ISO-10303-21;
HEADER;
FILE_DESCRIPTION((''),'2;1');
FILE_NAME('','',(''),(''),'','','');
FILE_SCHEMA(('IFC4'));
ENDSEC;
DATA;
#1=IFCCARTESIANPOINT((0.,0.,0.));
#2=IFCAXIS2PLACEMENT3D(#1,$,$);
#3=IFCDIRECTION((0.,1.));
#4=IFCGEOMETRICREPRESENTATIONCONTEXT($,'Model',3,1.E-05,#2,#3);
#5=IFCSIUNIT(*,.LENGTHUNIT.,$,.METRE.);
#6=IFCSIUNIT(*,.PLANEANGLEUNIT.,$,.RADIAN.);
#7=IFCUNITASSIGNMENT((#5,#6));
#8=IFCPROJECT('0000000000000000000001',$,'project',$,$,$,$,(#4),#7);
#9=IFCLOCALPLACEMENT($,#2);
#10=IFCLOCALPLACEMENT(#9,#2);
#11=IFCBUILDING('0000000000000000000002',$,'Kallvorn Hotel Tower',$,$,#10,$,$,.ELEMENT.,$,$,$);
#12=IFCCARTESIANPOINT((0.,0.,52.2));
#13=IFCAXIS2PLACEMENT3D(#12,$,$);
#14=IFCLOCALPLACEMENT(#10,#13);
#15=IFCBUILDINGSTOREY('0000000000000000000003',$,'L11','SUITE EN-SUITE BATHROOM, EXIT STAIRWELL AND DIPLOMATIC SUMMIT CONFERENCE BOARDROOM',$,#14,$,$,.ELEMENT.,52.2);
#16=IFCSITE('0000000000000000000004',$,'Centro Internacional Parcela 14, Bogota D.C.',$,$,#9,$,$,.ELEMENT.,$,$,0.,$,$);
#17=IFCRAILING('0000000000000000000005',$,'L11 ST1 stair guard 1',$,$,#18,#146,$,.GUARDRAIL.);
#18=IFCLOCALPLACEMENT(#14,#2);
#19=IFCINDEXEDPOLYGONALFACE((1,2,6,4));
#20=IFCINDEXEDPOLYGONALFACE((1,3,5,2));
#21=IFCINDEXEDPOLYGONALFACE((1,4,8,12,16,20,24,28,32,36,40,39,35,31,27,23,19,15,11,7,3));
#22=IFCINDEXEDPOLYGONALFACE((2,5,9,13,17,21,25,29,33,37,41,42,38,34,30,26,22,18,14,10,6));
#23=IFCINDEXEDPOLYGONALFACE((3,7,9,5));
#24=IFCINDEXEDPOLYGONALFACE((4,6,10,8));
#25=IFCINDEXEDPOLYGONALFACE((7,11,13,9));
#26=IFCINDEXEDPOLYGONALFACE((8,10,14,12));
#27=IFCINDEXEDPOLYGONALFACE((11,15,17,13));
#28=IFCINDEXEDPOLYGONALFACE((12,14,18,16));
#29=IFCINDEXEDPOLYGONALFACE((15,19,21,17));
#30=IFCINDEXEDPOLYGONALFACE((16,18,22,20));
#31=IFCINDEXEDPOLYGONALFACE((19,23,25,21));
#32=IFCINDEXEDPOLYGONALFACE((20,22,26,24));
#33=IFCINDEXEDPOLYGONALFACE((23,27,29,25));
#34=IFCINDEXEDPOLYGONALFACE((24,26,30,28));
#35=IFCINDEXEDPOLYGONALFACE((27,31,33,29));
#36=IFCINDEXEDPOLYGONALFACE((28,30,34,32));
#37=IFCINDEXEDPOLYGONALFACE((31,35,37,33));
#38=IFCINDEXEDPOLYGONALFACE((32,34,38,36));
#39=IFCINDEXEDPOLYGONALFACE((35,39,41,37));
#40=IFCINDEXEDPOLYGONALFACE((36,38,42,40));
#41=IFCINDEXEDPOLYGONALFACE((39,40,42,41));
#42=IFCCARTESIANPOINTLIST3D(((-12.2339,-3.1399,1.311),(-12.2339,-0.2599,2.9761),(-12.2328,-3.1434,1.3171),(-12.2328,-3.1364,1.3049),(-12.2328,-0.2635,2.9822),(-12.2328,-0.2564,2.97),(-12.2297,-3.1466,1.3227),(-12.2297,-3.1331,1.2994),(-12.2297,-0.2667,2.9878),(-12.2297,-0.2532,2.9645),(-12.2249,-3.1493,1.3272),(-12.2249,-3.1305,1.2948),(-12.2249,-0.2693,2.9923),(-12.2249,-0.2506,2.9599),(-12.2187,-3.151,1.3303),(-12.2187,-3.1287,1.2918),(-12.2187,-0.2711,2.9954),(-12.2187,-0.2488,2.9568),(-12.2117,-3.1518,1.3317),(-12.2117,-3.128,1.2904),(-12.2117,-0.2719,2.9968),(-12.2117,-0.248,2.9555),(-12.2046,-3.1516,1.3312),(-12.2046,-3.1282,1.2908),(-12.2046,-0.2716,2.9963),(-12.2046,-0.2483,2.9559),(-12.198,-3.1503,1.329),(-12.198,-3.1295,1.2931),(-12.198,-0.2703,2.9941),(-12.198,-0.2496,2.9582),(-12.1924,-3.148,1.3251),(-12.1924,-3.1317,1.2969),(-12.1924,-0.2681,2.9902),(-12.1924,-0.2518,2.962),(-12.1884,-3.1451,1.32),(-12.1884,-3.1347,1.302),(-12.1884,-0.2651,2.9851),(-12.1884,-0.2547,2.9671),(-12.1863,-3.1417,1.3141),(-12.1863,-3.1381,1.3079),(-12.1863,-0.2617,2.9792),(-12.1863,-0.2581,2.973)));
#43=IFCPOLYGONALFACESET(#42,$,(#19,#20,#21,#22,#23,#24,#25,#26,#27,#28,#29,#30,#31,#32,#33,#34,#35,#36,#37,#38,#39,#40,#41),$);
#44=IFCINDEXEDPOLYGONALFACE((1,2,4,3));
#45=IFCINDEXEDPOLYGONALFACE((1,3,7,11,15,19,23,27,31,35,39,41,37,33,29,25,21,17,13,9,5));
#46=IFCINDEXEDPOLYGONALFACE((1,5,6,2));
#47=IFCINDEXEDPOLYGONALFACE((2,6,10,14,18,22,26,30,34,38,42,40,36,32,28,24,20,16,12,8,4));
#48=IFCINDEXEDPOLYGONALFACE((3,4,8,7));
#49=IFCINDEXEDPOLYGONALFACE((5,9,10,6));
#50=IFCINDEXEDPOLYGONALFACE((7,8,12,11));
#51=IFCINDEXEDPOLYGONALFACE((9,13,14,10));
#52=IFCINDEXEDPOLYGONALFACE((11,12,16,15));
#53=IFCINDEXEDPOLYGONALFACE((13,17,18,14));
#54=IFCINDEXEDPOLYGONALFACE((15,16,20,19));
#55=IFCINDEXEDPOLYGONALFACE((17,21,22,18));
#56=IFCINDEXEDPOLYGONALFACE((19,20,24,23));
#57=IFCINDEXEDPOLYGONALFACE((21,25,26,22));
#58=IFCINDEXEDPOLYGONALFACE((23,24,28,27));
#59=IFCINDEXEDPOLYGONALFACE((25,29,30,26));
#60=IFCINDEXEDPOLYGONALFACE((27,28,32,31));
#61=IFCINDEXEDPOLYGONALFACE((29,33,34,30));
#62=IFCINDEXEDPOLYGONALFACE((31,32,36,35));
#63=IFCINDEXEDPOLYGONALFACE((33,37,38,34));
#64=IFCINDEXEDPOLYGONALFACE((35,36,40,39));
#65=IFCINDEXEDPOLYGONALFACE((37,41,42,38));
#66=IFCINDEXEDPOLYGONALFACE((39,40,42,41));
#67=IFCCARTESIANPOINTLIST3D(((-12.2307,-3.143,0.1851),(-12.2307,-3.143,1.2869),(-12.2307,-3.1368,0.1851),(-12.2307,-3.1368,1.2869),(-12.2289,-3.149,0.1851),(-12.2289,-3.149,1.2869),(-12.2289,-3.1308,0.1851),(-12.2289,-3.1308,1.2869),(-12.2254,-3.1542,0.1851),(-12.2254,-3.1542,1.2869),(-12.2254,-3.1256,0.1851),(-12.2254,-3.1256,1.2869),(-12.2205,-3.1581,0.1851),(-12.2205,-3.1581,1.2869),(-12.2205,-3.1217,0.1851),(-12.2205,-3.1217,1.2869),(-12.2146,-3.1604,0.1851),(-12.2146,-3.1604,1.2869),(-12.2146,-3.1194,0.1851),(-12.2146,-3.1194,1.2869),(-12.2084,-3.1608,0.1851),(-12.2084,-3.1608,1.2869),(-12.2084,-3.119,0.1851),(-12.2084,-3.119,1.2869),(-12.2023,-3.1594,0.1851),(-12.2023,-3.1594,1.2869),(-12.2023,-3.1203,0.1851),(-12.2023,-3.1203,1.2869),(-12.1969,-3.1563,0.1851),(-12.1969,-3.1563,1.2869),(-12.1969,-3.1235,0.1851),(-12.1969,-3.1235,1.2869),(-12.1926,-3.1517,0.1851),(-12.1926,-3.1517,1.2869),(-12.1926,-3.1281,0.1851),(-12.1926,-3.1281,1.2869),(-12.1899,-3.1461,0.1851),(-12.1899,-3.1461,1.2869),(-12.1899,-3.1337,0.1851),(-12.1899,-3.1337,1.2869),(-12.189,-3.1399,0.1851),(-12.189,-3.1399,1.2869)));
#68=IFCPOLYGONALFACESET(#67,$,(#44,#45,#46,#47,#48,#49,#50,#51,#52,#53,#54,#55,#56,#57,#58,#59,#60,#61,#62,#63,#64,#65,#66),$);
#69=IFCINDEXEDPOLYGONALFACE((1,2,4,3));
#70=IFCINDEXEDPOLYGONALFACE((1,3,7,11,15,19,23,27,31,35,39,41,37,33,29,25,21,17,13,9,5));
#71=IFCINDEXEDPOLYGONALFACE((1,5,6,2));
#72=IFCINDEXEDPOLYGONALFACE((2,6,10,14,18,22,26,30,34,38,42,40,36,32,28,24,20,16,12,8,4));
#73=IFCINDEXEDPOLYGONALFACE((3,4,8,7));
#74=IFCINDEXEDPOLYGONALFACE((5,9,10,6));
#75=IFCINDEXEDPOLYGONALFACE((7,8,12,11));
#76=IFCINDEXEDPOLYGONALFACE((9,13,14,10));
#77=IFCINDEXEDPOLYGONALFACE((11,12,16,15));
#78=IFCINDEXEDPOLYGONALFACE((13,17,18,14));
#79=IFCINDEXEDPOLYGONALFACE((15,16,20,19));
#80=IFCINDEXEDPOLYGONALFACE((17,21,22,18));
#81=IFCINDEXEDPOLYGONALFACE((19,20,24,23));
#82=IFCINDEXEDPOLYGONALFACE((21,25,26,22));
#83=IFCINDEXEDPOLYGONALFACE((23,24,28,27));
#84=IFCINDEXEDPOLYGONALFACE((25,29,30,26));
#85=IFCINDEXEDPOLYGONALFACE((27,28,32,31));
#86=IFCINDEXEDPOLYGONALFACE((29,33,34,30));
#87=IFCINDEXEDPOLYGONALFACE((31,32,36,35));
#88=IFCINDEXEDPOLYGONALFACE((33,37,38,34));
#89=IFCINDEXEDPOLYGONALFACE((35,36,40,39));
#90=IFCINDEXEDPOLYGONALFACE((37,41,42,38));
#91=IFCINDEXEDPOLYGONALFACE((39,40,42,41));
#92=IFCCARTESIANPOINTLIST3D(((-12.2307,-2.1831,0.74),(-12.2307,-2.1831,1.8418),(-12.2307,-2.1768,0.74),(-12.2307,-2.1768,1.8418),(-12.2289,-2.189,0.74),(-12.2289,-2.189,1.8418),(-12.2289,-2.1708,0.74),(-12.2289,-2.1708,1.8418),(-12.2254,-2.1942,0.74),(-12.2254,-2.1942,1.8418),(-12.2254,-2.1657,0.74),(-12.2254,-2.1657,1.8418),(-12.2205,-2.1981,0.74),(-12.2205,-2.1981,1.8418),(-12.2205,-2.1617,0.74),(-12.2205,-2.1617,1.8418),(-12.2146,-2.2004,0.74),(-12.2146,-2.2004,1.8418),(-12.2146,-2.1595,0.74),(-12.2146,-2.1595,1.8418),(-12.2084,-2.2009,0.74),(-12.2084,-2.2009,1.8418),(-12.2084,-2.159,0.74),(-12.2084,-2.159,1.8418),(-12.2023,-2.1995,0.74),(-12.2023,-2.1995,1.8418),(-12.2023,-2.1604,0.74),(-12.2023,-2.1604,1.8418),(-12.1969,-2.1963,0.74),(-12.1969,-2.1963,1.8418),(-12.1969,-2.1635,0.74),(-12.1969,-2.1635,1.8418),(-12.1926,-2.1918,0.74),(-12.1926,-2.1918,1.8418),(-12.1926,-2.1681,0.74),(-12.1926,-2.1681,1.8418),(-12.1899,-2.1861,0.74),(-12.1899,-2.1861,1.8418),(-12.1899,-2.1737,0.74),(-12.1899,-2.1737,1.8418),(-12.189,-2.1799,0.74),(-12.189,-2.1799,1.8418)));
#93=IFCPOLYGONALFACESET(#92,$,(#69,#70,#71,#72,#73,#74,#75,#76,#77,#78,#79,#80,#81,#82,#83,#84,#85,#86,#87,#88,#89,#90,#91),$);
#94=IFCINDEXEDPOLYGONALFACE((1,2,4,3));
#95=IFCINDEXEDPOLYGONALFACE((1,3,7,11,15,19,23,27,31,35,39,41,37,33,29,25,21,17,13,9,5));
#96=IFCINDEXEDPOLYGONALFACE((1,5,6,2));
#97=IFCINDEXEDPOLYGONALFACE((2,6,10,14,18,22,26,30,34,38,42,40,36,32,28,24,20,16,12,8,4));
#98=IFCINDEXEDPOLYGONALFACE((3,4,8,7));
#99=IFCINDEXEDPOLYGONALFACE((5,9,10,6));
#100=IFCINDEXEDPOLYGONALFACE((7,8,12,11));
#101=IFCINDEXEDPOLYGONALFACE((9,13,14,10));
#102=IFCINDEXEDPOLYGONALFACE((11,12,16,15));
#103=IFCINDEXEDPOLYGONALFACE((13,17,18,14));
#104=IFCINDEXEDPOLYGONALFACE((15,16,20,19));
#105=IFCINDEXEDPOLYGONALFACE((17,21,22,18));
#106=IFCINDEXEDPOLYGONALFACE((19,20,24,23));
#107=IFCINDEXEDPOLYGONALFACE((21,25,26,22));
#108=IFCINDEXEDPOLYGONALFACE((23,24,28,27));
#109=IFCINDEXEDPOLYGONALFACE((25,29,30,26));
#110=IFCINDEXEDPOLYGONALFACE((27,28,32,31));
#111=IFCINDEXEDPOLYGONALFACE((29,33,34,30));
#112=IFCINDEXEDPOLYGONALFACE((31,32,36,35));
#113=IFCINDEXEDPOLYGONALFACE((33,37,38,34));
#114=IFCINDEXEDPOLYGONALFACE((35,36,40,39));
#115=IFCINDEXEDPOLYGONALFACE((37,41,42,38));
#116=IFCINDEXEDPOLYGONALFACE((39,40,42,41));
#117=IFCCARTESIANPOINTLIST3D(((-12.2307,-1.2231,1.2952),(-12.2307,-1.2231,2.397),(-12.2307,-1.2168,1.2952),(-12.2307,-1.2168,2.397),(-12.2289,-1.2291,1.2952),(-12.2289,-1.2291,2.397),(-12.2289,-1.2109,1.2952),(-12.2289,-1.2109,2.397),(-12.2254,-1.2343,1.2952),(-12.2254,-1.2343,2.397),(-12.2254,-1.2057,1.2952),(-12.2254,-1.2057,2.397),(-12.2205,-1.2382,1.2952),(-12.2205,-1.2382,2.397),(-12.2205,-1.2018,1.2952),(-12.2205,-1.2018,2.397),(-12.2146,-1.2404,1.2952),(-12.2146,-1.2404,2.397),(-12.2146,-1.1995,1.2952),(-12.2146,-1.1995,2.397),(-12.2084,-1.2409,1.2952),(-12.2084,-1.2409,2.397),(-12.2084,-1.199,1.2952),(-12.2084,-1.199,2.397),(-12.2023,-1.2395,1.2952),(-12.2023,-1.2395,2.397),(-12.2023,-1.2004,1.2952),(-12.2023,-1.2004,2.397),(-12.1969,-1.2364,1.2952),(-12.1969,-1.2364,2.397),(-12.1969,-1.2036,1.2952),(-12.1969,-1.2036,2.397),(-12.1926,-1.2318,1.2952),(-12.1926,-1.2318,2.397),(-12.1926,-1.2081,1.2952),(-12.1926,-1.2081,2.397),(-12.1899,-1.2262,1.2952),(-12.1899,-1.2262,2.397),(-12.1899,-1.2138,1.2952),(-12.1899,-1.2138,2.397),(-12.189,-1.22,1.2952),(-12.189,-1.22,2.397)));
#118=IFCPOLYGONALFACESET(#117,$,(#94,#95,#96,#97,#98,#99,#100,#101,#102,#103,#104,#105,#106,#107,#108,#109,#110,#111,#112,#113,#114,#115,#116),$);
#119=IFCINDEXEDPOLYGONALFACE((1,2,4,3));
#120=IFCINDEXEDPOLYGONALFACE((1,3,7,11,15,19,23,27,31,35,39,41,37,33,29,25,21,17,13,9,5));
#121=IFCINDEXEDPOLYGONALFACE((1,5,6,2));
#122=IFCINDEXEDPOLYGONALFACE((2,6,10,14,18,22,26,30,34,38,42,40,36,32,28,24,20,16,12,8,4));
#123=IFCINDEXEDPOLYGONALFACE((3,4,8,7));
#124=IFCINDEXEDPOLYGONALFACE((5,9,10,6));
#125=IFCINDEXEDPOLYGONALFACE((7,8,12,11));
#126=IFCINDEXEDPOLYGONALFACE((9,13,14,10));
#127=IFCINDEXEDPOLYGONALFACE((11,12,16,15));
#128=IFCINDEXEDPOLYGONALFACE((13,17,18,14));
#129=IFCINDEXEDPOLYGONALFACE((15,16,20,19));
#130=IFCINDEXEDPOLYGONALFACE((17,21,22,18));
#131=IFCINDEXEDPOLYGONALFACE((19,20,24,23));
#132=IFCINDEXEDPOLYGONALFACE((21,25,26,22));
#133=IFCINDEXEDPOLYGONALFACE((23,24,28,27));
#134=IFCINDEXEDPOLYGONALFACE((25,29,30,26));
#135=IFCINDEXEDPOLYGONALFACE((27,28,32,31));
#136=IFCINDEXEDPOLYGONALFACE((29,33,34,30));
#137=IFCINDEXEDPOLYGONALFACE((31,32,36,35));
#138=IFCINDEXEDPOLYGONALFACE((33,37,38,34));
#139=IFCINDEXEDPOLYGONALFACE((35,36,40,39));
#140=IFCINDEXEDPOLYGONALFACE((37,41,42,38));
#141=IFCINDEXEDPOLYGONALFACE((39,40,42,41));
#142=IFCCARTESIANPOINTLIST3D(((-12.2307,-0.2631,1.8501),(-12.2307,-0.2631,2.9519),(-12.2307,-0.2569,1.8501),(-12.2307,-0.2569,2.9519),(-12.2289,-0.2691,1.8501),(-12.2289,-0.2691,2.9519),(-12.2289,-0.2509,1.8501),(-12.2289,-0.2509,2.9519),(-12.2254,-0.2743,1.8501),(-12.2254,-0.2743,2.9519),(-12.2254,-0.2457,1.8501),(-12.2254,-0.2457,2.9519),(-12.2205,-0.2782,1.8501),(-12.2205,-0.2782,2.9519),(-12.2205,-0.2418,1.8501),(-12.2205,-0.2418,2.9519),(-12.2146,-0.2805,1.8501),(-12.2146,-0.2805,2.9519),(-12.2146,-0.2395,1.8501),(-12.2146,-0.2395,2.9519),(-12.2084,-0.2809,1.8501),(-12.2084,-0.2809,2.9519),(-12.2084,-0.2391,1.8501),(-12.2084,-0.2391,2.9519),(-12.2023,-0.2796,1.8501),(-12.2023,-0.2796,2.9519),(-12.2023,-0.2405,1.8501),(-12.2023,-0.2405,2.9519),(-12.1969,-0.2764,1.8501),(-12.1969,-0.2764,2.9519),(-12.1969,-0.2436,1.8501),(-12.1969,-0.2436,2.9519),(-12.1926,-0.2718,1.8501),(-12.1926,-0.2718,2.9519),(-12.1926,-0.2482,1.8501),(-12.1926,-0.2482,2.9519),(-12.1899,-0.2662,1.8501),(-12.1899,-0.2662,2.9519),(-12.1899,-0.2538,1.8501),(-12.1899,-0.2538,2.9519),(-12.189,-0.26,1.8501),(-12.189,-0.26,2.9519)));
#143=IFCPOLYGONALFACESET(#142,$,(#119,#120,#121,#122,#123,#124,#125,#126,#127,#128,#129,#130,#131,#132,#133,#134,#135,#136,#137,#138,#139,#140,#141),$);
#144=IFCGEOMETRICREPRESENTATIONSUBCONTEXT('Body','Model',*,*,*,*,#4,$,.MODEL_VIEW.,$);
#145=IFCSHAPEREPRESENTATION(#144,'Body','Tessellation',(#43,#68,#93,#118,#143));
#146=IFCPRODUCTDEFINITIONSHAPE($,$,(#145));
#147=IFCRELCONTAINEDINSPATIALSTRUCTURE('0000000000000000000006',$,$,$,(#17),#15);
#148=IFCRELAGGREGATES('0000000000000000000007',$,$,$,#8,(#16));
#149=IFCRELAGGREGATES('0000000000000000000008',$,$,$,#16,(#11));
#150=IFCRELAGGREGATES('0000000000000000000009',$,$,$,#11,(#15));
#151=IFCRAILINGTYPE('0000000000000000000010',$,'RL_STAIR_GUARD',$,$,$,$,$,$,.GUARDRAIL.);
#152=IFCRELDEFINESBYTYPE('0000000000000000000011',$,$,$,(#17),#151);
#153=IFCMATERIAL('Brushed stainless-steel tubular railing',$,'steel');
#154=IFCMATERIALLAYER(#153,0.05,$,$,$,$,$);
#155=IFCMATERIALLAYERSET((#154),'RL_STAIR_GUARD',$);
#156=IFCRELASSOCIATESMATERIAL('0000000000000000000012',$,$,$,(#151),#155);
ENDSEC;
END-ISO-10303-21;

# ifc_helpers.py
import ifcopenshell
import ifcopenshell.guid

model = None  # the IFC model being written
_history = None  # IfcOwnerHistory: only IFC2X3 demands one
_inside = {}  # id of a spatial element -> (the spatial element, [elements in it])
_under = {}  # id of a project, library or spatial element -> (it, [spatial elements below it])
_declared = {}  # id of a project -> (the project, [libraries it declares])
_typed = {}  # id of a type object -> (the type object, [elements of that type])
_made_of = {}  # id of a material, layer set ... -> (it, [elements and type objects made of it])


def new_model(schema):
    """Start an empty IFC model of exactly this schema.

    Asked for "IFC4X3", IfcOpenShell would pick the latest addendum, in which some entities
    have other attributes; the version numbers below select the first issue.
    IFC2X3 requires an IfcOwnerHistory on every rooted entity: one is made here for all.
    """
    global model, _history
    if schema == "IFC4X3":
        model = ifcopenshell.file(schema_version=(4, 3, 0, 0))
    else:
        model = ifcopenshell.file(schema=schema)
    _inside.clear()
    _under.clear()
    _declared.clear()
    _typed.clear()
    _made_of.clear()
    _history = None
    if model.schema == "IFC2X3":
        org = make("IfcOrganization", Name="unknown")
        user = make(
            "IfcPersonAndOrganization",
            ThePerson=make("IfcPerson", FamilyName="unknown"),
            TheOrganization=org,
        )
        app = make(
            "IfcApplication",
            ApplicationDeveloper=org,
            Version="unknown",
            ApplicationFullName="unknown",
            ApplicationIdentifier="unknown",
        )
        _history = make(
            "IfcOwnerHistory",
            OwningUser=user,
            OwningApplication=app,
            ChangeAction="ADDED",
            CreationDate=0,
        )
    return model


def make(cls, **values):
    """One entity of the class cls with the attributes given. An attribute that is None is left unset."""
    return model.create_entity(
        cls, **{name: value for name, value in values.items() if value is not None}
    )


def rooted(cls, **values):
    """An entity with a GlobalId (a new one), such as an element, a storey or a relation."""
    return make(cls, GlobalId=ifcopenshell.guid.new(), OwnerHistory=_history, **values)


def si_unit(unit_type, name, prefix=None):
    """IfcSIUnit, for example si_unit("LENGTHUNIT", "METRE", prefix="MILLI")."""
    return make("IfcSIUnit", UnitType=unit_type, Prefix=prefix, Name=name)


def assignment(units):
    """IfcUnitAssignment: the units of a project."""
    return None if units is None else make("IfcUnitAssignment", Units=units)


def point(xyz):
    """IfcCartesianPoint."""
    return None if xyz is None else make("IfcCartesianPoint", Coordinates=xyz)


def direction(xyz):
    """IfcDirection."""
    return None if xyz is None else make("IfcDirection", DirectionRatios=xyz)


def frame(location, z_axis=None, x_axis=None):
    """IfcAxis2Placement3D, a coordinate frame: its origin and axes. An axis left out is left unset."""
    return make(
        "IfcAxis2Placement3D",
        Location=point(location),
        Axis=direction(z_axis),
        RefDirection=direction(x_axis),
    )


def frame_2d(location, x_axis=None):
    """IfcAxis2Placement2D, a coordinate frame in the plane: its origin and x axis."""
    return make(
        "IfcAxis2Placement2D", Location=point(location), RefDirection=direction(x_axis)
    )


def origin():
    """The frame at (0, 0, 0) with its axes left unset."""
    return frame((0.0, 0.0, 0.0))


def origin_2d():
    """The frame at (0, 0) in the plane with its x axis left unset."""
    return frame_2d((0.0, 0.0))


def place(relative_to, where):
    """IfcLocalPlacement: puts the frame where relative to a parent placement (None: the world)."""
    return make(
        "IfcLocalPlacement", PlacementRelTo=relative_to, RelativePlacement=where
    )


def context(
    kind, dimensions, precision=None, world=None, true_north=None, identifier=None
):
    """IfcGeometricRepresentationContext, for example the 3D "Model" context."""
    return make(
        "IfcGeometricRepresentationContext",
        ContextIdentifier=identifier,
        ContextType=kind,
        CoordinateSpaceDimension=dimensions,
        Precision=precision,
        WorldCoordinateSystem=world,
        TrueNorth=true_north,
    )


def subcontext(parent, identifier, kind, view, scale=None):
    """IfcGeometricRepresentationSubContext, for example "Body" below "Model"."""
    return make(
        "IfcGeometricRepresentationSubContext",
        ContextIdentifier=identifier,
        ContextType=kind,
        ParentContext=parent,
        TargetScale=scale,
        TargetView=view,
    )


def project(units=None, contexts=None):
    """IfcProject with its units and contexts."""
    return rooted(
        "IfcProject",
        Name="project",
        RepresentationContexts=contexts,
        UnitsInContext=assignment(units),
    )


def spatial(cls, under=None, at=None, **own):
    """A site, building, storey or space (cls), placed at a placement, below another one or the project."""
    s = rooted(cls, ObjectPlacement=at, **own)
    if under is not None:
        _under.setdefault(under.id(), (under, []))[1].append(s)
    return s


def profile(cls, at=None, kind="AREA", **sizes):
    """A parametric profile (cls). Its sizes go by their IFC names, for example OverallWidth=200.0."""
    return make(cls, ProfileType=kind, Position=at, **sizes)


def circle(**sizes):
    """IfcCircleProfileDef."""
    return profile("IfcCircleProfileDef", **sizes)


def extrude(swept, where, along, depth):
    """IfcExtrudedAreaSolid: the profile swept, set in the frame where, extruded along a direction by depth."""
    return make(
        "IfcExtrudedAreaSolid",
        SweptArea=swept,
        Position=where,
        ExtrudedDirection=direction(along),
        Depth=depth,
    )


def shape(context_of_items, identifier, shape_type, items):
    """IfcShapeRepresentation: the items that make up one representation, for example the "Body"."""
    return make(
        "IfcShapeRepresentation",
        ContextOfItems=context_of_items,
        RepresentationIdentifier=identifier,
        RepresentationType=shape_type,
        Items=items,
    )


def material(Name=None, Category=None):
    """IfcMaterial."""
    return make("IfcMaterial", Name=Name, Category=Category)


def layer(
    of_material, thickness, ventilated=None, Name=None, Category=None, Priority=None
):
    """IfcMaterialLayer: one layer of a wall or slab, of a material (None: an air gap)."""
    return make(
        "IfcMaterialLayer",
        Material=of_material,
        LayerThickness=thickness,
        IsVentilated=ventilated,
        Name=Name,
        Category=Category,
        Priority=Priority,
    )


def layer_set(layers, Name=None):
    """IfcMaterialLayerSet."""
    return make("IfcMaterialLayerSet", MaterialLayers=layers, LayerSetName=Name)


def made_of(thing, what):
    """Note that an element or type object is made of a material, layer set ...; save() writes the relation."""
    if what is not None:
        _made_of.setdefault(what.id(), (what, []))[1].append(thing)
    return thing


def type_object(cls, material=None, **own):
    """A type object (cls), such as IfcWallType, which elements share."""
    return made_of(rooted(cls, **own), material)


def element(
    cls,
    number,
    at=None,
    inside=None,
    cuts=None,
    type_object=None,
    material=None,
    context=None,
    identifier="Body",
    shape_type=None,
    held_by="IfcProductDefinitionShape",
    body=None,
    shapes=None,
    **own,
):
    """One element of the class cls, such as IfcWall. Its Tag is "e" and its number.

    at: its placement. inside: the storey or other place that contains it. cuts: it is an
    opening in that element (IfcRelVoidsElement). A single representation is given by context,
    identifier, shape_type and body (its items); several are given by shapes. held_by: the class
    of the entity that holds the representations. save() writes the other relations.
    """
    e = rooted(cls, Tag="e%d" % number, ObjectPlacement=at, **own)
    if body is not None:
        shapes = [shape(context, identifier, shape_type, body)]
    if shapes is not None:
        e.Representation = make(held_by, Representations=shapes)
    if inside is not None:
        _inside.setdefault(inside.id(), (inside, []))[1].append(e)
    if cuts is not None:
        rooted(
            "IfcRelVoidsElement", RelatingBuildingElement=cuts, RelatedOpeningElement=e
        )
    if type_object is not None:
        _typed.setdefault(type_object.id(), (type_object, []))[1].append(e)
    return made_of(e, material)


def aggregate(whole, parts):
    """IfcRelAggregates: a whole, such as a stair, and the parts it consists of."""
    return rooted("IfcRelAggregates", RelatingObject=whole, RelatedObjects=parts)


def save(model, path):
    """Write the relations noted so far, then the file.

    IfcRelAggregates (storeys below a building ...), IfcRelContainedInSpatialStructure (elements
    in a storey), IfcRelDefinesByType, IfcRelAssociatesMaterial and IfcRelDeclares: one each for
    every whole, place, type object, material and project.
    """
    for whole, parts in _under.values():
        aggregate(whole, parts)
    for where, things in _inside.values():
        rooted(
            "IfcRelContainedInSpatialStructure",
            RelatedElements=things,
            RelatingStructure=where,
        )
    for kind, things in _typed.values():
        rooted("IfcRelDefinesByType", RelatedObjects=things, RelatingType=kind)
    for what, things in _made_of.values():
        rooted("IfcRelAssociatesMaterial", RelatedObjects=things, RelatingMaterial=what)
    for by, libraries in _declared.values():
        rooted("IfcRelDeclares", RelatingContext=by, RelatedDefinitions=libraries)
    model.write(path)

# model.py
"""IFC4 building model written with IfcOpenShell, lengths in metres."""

from ifc_helpers import new_model, si_unit, direction, frame, origin, origin_2d, place, context, subcontext, project, spatial, circle, extrude, material, layer, layer_set, type_object, element, save


model = new_model("IFC4")

# Units and contexts
model_context = context("Model", 3, precision=1e-05, world=origin(), true_north=direction((0.0, 1.0)))
body_context = subcontext(model_context, "Body", "Model", "MODEL_VIEW")
ifc_project = project(units=[si_unit("LENGTHUNIT", "METRE"), si_unit("PLANEANGLEUNIT", "RADIAN")], contexts=[model_context])

# Site, building, storey
site_placement = place(None, origin())
site = spatial("IfcSite", under=ifc_project, at=site_placement, Name="Centro Internacional Parcela 14, Bogota D.C.", CompositionType="ELEMENT", RefElevation=0.0)
building_placement = place(site_placement, origin())
building = spatial("IfcBuilding", under=site, at=building_placement, Name="Kallvorn Hotel Tower", CompositionType="ELEMENT")
storey_placement = place(building_placement, frame((0.0, 0.0, 52.2)))
storey = spatial("IfcBuildingStorey", under=building, at=storey_placement, Name="L11", Description="SUITE EN-SUITE BATHROOM, EXIT STAIRWELL AND DIPLOMATIC SUMMIT CONFERENCE BOARDROOM", CompositionType="ELEMENT", Elevation=52.2)

# Railing
ifc_material_1 = material(Name="Brushed stainless-steel tubular railing", Category="steel")
ifc_layer_1 = layer(ifc_material_1, 0.05)
ifc_layer_set_1 = layer_set([ifc_layer_1], Name="RL_STAIR_GUARD")
railing_type = type_object("IfcRailingType", Name="RL_STAIR_GUARD", PredefinedType="GUARDRAIL", material=ifc_layer_set_1)
railing_1_placement = place(storey_placement, frame((-12.21, -3.1399, 0.1851)))
element("IfcRailing", 1, at=railing_1_placement, inside=storey, type_object=railing_type, Name="L11 ST1 stair guard 1", PredefinedType="GUARDRAIL", context=body_context, shape_type="SweptSolid", body=[
    extrude(circle(Radius=0.0239, at=origin_2d()), frame((0.0, 0.0, 1.126), z_axis=(0.0, 0.865721, 0.500527), x_axis=(-1.0, 0.0, 0.0)), (0.0, 0.0, 1.0), 3.3267),
    extrude(circle(Radius=0.021, at=origin_2d()), origin(), (0.0, 0.0, 1.0), 1.1018),
    extrude(circle(Radius=0.021, at=origin_2d()), frame((0.0, 0.96, 0.5549)), (0.0, 0.0, 1.0), 1.1018),
    extrude(circle(Radius=0.021, at=origin_2d()), frame((0.0, 1.9199, 1.1101)), (0.0, 0.0, 1.0), 1.1018),
    extrude(circle(Radius=0.021, at=origin_2d()), frame((0.0, 2.8799, 1.665)), (0.0, 0.0, 1.0), 1.1018),
])

save(model, "model.ifc")
